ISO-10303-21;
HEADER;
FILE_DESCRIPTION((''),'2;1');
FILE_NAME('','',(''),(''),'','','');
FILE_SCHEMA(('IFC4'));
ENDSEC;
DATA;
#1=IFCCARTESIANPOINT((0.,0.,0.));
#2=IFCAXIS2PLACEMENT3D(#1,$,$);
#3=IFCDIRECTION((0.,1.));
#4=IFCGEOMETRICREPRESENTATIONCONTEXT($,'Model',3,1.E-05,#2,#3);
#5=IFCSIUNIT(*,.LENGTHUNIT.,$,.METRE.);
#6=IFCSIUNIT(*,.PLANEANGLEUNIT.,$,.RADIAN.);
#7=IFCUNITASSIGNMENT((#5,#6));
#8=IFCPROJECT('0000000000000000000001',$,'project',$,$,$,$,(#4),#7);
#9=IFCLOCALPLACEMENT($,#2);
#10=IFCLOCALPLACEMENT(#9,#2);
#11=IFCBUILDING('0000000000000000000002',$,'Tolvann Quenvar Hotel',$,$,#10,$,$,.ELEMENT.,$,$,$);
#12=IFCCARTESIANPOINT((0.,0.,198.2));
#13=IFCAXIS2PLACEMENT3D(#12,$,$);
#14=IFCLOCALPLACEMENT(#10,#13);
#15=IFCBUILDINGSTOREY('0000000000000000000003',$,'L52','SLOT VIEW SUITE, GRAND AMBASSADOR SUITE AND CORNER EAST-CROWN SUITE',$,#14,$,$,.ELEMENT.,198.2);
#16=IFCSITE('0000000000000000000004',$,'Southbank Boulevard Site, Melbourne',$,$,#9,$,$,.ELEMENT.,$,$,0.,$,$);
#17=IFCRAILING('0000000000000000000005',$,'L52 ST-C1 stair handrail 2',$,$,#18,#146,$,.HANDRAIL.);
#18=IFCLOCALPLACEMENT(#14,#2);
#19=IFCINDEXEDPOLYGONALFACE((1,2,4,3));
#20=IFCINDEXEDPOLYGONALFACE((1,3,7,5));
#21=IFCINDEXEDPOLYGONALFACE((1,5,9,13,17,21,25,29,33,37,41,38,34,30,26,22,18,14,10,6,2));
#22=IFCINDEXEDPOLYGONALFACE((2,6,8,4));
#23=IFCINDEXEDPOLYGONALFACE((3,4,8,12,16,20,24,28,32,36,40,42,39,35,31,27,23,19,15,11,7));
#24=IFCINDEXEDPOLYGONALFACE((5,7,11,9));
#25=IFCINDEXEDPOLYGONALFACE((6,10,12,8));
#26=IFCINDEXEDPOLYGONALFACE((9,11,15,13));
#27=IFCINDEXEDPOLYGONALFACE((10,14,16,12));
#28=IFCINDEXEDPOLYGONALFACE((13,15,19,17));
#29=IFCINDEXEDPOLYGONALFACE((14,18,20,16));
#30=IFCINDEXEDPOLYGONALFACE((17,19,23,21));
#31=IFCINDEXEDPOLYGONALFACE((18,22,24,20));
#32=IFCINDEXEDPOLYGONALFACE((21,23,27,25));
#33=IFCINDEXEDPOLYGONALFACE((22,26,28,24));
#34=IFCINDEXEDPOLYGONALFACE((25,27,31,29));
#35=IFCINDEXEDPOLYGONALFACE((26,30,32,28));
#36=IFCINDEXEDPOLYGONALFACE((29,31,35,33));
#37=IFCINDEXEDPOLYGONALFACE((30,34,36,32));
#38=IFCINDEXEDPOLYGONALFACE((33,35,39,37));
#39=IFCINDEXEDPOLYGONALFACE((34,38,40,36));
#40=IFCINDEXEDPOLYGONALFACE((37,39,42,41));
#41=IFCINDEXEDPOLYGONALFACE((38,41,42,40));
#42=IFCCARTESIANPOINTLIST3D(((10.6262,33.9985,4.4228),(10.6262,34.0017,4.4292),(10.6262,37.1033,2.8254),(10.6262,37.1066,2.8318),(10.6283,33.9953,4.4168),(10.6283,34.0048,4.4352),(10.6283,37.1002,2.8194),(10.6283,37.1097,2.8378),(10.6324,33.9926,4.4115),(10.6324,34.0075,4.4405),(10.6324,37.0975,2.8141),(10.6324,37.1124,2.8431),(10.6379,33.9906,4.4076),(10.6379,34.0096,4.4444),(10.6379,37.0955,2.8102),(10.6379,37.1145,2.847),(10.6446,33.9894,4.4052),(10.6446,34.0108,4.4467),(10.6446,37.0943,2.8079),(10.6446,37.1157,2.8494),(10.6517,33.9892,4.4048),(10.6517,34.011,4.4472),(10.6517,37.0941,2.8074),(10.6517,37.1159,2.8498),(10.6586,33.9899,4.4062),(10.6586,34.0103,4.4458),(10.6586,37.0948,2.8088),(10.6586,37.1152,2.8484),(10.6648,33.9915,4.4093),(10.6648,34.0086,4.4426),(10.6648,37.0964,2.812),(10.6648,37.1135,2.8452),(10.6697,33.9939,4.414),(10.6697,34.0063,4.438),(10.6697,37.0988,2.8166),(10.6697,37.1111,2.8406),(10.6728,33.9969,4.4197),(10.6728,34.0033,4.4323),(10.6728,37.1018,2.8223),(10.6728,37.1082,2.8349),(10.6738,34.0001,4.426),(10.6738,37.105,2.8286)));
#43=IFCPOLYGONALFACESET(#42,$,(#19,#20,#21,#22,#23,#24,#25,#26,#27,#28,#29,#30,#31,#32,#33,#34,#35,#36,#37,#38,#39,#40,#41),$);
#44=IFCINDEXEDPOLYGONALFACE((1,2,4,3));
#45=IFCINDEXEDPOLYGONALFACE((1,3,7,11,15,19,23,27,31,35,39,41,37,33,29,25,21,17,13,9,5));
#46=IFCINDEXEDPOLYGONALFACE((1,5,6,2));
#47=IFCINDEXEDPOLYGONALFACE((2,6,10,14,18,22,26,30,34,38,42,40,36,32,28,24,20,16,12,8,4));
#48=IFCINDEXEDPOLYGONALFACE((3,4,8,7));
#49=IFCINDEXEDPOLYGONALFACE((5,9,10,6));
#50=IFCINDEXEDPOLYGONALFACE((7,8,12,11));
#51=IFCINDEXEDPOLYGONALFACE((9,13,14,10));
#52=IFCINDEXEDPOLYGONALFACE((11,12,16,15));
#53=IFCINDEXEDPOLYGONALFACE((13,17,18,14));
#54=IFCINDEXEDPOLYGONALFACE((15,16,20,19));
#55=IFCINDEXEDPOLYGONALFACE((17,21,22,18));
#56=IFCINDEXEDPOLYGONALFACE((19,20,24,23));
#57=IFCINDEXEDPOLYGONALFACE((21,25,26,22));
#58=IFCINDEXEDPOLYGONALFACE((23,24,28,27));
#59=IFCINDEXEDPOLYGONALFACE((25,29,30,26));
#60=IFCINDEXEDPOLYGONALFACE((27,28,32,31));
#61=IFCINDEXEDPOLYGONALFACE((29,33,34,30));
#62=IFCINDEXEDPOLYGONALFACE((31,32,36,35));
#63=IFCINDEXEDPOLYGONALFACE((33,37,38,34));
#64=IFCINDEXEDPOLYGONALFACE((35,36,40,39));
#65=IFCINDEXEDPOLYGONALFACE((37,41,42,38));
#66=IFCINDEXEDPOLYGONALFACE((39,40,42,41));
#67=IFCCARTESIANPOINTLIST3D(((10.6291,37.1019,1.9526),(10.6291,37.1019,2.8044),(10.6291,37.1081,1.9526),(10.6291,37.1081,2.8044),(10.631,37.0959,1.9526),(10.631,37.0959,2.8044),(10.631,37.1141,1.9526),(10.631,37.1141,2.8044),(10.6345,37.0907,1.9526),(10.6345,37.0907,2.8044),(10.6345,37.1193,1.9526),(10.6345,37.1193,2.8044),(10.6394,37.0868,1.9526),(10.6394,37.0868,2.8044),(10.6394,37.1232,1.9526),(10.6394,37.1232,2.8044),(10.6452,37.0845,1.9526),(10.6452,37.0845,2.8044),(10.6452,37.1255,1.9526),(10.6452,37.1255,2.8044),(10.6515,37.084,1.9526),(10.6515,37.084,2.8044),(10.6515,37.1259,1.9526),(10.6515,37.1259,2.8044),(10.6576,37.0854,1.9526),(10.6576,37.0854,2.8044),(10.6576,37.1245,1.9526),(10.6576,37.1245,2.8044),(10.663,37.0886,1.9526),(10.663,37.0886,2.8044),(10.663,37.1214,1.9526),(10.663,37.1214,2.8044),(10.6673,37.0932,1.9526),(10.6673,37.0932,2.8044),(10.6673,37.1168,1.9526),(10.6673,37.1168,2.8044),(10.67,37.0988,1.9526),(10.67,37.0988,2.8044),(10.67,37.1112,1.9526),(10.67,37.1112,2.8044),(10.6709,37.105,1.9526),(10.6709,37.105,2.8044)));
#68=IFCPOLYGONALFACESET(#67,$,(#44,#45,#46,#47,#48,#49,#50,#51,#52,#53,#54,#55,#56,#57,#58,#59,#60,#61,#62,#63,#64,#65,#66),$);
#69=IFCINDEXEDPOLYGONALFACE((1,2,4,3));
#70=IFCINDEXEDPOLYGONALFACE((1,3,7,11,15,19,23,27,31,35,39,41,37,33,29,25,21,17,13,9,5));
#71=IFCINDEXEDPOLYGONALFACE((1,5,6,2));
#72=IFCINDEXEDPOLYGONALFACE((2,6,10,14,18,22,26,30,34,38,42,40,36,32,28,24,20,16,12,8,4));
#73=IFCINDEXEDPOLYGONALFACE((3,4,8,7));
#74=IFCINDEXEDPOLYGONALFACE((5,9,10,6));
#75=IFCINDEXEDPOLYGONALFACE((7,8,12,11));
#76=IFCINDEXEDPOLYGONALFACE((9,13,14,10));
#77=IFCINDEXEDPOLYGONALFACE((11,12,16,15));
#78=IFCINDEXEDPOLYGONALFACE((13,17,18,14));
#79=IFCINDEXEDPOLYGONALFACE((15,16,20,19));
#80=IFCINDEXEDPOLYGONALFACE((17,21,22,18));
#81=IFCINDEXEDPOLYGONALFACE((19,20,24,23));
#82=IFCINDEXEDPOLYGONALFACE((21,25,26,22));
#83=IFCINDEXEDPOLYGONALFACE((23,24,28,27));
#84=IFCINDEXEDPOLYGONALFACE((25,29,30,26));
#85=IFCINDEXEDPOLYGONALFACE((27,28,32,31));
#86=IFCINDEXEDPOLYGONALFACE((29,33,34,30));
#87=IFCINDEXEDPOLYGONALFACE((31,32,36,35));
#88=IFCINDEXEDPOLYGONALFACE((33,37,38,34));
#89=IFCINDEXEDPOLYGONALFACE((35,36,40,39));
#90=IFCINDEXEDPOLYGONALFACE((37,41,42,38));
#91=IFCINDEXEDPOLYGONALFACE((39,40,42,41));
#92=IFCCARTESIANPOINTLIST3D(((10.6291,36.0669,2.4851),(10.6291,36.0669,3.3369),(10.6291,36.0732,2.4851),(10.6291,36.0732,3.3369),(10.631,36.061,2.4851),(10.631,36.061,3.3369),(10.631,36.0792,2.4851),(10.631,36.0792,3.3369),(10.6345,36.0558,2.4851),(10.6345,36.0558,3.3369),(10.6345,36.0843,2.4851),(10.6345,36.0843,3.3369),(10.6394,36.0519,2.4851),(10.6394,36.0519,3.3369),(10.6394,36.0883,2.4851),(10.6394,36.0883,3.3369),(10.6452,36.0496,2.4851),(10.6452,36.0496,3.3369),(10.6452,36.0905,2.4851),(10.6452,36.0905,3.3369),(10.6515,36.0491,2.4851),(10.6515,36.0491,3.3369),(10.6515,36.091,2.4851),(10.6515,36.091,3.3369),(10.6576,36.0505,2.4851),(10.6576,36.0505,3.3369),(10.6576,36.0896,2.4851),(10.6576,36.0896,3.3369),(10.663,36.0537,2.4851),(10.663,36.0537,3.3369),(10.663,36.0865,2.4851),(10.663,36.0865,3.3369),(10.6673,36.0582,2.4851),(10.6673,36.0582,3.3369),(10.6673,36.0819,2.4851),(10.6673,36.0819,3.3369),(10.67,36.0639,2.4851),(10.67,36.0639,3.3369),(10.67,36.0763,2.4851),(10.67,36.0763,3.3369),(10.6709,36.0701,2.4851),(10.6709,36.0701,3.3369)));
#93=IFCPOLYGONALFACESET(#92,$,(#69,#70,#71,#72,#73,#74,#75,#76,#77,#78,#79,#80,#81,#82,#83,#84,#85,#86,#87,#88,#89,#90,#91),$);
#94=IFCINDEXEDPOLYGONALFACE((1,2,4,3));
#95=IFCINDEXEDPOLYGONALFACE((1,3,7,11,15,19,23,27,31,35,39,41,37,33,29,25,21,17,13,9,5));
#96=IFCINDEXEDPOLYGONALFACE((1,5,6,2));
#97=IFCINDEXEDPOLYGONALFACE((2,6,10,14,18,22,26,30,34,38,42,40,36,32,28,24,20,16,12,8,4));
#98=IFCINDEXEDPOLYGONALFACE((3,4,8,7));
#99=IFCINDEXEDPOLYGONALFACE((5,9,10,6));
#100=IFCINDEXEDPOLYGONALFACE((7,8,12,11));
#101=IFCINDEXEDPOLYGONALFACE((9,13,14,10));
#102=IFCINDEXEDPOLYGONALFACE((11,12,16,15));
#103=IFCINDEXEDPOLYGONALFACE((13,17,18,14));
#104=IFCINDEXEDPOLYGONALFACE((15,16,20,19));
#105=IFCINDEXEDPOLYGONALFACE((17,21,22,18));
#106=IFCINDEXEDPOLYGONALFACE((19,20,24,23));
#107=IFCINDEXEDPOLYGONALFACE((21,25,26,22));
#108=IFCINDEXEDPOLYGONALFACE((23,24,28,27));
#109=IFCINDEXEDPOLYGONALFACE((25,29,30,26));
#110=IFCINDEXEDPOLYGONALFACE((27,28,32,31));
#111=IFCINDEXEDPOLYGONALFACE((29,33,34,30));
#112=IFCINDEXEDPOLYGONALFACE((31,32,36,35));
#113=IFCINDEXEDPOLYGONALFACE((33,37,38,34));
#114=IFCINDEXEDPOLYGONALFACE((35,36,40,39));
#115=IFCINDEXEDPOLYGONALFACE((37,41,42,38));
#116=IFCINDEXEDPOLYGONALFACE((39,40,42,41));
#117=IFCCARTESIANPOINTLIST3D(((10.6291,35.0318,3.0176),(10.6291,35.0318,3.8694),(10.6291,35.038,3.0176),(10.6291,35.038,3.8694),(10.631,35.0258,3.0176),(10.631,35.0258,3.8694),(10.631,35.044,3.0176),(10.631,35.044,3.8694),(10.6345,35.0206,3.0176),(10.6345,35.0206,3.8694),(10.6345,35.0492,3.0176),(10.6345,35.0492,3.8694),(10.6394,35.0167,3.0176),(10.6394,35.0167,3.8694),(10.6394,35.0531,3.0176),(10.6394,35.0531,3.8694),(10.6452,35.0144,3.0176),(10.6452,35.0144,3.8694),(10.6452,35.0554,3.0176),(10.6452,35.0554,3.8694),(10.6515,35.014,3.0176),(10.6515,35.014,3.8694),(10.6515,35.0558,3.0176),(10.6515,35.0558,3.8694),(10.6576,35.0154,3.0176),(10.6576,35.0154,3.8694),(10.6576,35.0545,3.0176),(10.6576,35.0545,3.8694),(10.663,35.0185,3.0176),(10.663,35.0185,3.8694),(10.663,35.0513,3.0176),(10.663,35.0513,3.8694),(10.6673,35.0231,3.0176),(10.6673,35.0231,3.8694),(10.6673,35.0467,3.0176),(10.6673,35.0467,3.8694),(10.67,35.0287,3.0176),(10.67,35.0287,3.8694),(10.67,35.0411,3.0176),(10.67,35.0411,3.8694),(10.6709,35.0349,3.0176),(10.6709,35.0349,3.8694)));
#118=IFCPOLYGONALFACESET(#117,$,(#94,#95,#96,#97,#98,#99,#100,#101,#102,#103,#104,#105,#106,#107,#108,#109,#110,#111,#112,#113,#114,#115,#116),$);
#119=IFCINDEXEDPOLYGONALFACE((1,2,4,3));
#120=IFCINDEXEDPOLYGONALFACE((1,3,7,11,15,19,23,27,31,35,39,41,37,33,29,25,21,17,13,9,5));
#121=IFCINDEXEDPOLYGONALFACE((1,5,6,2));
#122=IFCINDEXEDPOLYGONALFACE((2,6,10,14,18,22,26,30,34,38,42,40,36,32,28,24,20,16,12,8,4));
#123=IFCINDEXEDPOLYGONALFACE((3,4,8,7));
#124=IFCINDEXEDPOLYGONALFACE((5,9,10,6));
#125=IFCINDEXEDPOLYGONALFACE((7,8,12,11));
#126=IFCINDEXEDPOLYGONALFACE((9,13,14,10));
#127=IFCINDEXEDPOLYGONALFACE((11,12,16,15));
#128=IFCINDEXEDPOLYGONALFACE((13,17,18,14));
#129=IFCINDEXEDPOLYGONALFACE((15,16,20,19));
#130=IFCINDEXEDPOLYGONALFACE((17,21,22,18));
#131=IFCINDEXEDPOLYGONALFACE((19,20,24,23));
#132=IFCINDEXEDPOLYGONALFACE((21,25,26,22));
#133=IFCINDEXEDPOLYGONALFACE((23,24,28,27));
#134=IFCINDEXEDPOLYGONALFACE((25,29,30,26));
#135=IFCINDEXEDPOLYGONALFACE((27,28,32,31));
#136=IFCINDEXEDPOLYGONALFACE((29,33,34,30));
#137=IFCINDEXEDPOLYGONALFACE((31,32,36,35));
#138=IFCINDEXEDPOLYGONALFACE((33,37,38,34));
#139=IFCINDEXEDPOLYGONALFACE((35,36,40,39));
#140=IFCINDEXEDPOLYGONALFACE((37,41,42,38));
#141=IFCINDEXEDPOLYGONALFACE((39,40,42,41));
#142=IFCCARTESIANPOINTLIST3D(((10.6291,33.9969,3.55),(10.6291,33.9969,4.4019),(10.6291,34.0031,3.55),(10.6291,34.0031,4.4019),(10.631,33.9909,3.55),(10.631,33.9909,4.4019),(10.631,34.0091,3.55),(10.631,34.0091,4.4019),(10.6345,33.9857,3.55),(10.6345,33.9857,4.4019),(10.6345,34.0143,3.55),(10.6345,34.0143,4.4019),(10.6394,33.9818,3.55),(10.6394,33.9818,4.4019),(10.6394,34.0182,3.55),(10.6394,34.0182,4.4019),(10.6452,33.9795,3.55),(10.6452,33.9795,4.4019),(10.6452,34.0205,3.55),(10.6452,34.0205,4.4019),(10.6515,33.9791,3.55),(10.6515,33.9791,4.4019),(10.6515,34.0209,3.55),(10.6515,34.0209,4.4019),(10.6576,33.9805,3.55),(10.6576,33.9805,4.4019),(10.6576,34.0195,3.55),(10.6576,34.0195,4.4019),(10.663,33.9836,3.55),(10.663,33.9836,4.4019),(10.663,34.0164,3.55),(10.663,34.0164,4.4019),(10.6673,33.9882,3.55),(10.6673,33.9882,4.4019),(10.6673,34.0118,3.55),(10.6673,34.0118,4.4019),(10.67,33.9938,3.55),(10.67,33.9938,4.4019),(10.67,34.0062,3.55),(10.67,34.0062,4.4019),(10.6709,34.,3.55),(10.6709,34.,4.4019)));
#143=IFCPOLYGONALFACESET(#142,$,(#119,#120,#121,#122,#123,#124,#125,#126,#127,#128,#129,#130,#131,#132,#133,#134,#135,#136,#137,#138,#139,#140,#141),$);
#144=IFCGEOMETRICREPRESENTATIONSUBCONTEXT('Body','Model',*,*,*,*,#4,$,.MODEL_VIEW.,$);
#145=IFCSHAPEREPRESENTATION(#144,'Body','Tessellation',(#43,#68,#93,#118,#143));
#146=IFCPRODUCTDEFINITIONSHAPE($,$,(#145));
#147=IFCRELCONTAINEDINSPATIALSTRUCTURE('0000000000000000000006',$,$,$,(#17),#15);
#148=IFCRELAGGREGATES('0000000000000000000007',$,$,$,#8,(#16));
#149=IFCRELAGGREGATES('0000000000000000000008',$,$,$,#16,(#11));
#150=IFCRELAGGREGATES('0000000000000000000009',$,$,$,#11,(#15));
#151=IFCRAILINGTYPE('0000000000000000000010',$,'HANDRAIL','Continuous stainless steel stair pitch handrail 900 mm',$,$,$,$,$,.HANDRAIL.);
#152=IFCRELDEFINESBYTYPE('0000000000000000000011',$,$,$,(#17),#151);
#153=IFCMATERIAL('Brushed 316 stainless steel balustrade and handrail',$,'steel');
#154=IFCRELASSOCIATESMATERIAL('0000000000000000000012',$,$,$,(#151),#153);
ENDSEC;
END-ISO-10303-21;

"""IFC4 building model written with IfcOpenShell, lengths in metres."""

from ifc_helpers import new_model, si_unit, direction, frame, origin, origin_2d, place, context, subcontext, project, spatial, circle, extrude, material, type_object, element, save


model = new_model("IFC4")

# Units and contexts
model_context = context("Model", 3, precision=1e-05, world=origin(), true_north=direction((0.0, 1.0)))
body_context = subcontext(model_context, "Body", "Model", "MODEL_VIEW")
ifc_project = project(units=[si_unit("LENGTHUNIT", "METRE"), si_unit("PLANEANGLEUNIT", "RADIAN")], contexts=[model_context])

# Site, building, storey
site_placement = place(None, origin())
site = spatial("IfcSite", under=ifc_project, at=site_placement, Name="Southbank Boulevard Site, Melbourne", CompositionType="ELEMENT", RefElevation=0.0)
building_placement = place(site_placement, origin())
building = spatial("IfcBuilding", under=site, at=building_placement, Name="Tolvann Quenvar Hotel", CompositionType="ELEMENT")
storey_placement = place(building_placement, frame((0.0, 0.0, 198.2)))
storey = spatial("IfcBuildingStorey", under=building, at=storey_placement, Name="L52", Description="SLOT VIEW SUITE, GRAND AMBASSADOR SUITE AND CORNER EAST-CROWN SUITE", CompositionType="ELEMENT", Elevation=198.2)

# Railing
ifc_material_1 = material(Name="Brushed 316 stainless steel balustrade and handrail", Category="steel")
railing_type_1 = type_object("IfcRailingType", Name="HANDRAIL", Description="Continuous stainless steel stair pitch handrail 900 mm", PredefinedType="HANDRAIL", material=ifc_material_1)
railing_1_placement = place(storey_placement, frame((10.6499, 37.105, 1.9526)))
element("IfcRailing", 1, at=railing_1_placement, inside=storey, type_object=railing_type_1, Name="L52 ST-C1 stair handrail 2", PredefinedType="HANDRAIL", context=body_context, shape_type="SweptSolid", body=[
    extrude(circle(Radius=0.0239, at=origin_2d()), frame((0.0, 0.0, 0.876), z_axis=(0.0, -0.889222, 0.457476), x_axis=(1.0, 0.0, 0.0)), (0.0, 0.0, 1.0), 3.4917),
    extrude(circle(Radius=0.021, at=origin_2d()), origin(), (0.0, 0.0, 1.0), 0.8518),
    extrude(circle(Radius=0.021, at=origin_2d()), frame((0.0, -1.0349, 0.5325)), (0.0, 0.0, 1.0), 0.8518),
    extrude(circle(Radius=0.021, at=origin_2d()), frame((0.0, -2.0701, 1.0649)), (0.0, 0.0, 1.0), 0.8518),
    extrude(circle(Radius=0.021, at=origin_2d()), frame((0.0, -3.105, 1.5974)), (0.0, 0.0, 1.0), 0.8518),
])

save(model, "model.ifc")
